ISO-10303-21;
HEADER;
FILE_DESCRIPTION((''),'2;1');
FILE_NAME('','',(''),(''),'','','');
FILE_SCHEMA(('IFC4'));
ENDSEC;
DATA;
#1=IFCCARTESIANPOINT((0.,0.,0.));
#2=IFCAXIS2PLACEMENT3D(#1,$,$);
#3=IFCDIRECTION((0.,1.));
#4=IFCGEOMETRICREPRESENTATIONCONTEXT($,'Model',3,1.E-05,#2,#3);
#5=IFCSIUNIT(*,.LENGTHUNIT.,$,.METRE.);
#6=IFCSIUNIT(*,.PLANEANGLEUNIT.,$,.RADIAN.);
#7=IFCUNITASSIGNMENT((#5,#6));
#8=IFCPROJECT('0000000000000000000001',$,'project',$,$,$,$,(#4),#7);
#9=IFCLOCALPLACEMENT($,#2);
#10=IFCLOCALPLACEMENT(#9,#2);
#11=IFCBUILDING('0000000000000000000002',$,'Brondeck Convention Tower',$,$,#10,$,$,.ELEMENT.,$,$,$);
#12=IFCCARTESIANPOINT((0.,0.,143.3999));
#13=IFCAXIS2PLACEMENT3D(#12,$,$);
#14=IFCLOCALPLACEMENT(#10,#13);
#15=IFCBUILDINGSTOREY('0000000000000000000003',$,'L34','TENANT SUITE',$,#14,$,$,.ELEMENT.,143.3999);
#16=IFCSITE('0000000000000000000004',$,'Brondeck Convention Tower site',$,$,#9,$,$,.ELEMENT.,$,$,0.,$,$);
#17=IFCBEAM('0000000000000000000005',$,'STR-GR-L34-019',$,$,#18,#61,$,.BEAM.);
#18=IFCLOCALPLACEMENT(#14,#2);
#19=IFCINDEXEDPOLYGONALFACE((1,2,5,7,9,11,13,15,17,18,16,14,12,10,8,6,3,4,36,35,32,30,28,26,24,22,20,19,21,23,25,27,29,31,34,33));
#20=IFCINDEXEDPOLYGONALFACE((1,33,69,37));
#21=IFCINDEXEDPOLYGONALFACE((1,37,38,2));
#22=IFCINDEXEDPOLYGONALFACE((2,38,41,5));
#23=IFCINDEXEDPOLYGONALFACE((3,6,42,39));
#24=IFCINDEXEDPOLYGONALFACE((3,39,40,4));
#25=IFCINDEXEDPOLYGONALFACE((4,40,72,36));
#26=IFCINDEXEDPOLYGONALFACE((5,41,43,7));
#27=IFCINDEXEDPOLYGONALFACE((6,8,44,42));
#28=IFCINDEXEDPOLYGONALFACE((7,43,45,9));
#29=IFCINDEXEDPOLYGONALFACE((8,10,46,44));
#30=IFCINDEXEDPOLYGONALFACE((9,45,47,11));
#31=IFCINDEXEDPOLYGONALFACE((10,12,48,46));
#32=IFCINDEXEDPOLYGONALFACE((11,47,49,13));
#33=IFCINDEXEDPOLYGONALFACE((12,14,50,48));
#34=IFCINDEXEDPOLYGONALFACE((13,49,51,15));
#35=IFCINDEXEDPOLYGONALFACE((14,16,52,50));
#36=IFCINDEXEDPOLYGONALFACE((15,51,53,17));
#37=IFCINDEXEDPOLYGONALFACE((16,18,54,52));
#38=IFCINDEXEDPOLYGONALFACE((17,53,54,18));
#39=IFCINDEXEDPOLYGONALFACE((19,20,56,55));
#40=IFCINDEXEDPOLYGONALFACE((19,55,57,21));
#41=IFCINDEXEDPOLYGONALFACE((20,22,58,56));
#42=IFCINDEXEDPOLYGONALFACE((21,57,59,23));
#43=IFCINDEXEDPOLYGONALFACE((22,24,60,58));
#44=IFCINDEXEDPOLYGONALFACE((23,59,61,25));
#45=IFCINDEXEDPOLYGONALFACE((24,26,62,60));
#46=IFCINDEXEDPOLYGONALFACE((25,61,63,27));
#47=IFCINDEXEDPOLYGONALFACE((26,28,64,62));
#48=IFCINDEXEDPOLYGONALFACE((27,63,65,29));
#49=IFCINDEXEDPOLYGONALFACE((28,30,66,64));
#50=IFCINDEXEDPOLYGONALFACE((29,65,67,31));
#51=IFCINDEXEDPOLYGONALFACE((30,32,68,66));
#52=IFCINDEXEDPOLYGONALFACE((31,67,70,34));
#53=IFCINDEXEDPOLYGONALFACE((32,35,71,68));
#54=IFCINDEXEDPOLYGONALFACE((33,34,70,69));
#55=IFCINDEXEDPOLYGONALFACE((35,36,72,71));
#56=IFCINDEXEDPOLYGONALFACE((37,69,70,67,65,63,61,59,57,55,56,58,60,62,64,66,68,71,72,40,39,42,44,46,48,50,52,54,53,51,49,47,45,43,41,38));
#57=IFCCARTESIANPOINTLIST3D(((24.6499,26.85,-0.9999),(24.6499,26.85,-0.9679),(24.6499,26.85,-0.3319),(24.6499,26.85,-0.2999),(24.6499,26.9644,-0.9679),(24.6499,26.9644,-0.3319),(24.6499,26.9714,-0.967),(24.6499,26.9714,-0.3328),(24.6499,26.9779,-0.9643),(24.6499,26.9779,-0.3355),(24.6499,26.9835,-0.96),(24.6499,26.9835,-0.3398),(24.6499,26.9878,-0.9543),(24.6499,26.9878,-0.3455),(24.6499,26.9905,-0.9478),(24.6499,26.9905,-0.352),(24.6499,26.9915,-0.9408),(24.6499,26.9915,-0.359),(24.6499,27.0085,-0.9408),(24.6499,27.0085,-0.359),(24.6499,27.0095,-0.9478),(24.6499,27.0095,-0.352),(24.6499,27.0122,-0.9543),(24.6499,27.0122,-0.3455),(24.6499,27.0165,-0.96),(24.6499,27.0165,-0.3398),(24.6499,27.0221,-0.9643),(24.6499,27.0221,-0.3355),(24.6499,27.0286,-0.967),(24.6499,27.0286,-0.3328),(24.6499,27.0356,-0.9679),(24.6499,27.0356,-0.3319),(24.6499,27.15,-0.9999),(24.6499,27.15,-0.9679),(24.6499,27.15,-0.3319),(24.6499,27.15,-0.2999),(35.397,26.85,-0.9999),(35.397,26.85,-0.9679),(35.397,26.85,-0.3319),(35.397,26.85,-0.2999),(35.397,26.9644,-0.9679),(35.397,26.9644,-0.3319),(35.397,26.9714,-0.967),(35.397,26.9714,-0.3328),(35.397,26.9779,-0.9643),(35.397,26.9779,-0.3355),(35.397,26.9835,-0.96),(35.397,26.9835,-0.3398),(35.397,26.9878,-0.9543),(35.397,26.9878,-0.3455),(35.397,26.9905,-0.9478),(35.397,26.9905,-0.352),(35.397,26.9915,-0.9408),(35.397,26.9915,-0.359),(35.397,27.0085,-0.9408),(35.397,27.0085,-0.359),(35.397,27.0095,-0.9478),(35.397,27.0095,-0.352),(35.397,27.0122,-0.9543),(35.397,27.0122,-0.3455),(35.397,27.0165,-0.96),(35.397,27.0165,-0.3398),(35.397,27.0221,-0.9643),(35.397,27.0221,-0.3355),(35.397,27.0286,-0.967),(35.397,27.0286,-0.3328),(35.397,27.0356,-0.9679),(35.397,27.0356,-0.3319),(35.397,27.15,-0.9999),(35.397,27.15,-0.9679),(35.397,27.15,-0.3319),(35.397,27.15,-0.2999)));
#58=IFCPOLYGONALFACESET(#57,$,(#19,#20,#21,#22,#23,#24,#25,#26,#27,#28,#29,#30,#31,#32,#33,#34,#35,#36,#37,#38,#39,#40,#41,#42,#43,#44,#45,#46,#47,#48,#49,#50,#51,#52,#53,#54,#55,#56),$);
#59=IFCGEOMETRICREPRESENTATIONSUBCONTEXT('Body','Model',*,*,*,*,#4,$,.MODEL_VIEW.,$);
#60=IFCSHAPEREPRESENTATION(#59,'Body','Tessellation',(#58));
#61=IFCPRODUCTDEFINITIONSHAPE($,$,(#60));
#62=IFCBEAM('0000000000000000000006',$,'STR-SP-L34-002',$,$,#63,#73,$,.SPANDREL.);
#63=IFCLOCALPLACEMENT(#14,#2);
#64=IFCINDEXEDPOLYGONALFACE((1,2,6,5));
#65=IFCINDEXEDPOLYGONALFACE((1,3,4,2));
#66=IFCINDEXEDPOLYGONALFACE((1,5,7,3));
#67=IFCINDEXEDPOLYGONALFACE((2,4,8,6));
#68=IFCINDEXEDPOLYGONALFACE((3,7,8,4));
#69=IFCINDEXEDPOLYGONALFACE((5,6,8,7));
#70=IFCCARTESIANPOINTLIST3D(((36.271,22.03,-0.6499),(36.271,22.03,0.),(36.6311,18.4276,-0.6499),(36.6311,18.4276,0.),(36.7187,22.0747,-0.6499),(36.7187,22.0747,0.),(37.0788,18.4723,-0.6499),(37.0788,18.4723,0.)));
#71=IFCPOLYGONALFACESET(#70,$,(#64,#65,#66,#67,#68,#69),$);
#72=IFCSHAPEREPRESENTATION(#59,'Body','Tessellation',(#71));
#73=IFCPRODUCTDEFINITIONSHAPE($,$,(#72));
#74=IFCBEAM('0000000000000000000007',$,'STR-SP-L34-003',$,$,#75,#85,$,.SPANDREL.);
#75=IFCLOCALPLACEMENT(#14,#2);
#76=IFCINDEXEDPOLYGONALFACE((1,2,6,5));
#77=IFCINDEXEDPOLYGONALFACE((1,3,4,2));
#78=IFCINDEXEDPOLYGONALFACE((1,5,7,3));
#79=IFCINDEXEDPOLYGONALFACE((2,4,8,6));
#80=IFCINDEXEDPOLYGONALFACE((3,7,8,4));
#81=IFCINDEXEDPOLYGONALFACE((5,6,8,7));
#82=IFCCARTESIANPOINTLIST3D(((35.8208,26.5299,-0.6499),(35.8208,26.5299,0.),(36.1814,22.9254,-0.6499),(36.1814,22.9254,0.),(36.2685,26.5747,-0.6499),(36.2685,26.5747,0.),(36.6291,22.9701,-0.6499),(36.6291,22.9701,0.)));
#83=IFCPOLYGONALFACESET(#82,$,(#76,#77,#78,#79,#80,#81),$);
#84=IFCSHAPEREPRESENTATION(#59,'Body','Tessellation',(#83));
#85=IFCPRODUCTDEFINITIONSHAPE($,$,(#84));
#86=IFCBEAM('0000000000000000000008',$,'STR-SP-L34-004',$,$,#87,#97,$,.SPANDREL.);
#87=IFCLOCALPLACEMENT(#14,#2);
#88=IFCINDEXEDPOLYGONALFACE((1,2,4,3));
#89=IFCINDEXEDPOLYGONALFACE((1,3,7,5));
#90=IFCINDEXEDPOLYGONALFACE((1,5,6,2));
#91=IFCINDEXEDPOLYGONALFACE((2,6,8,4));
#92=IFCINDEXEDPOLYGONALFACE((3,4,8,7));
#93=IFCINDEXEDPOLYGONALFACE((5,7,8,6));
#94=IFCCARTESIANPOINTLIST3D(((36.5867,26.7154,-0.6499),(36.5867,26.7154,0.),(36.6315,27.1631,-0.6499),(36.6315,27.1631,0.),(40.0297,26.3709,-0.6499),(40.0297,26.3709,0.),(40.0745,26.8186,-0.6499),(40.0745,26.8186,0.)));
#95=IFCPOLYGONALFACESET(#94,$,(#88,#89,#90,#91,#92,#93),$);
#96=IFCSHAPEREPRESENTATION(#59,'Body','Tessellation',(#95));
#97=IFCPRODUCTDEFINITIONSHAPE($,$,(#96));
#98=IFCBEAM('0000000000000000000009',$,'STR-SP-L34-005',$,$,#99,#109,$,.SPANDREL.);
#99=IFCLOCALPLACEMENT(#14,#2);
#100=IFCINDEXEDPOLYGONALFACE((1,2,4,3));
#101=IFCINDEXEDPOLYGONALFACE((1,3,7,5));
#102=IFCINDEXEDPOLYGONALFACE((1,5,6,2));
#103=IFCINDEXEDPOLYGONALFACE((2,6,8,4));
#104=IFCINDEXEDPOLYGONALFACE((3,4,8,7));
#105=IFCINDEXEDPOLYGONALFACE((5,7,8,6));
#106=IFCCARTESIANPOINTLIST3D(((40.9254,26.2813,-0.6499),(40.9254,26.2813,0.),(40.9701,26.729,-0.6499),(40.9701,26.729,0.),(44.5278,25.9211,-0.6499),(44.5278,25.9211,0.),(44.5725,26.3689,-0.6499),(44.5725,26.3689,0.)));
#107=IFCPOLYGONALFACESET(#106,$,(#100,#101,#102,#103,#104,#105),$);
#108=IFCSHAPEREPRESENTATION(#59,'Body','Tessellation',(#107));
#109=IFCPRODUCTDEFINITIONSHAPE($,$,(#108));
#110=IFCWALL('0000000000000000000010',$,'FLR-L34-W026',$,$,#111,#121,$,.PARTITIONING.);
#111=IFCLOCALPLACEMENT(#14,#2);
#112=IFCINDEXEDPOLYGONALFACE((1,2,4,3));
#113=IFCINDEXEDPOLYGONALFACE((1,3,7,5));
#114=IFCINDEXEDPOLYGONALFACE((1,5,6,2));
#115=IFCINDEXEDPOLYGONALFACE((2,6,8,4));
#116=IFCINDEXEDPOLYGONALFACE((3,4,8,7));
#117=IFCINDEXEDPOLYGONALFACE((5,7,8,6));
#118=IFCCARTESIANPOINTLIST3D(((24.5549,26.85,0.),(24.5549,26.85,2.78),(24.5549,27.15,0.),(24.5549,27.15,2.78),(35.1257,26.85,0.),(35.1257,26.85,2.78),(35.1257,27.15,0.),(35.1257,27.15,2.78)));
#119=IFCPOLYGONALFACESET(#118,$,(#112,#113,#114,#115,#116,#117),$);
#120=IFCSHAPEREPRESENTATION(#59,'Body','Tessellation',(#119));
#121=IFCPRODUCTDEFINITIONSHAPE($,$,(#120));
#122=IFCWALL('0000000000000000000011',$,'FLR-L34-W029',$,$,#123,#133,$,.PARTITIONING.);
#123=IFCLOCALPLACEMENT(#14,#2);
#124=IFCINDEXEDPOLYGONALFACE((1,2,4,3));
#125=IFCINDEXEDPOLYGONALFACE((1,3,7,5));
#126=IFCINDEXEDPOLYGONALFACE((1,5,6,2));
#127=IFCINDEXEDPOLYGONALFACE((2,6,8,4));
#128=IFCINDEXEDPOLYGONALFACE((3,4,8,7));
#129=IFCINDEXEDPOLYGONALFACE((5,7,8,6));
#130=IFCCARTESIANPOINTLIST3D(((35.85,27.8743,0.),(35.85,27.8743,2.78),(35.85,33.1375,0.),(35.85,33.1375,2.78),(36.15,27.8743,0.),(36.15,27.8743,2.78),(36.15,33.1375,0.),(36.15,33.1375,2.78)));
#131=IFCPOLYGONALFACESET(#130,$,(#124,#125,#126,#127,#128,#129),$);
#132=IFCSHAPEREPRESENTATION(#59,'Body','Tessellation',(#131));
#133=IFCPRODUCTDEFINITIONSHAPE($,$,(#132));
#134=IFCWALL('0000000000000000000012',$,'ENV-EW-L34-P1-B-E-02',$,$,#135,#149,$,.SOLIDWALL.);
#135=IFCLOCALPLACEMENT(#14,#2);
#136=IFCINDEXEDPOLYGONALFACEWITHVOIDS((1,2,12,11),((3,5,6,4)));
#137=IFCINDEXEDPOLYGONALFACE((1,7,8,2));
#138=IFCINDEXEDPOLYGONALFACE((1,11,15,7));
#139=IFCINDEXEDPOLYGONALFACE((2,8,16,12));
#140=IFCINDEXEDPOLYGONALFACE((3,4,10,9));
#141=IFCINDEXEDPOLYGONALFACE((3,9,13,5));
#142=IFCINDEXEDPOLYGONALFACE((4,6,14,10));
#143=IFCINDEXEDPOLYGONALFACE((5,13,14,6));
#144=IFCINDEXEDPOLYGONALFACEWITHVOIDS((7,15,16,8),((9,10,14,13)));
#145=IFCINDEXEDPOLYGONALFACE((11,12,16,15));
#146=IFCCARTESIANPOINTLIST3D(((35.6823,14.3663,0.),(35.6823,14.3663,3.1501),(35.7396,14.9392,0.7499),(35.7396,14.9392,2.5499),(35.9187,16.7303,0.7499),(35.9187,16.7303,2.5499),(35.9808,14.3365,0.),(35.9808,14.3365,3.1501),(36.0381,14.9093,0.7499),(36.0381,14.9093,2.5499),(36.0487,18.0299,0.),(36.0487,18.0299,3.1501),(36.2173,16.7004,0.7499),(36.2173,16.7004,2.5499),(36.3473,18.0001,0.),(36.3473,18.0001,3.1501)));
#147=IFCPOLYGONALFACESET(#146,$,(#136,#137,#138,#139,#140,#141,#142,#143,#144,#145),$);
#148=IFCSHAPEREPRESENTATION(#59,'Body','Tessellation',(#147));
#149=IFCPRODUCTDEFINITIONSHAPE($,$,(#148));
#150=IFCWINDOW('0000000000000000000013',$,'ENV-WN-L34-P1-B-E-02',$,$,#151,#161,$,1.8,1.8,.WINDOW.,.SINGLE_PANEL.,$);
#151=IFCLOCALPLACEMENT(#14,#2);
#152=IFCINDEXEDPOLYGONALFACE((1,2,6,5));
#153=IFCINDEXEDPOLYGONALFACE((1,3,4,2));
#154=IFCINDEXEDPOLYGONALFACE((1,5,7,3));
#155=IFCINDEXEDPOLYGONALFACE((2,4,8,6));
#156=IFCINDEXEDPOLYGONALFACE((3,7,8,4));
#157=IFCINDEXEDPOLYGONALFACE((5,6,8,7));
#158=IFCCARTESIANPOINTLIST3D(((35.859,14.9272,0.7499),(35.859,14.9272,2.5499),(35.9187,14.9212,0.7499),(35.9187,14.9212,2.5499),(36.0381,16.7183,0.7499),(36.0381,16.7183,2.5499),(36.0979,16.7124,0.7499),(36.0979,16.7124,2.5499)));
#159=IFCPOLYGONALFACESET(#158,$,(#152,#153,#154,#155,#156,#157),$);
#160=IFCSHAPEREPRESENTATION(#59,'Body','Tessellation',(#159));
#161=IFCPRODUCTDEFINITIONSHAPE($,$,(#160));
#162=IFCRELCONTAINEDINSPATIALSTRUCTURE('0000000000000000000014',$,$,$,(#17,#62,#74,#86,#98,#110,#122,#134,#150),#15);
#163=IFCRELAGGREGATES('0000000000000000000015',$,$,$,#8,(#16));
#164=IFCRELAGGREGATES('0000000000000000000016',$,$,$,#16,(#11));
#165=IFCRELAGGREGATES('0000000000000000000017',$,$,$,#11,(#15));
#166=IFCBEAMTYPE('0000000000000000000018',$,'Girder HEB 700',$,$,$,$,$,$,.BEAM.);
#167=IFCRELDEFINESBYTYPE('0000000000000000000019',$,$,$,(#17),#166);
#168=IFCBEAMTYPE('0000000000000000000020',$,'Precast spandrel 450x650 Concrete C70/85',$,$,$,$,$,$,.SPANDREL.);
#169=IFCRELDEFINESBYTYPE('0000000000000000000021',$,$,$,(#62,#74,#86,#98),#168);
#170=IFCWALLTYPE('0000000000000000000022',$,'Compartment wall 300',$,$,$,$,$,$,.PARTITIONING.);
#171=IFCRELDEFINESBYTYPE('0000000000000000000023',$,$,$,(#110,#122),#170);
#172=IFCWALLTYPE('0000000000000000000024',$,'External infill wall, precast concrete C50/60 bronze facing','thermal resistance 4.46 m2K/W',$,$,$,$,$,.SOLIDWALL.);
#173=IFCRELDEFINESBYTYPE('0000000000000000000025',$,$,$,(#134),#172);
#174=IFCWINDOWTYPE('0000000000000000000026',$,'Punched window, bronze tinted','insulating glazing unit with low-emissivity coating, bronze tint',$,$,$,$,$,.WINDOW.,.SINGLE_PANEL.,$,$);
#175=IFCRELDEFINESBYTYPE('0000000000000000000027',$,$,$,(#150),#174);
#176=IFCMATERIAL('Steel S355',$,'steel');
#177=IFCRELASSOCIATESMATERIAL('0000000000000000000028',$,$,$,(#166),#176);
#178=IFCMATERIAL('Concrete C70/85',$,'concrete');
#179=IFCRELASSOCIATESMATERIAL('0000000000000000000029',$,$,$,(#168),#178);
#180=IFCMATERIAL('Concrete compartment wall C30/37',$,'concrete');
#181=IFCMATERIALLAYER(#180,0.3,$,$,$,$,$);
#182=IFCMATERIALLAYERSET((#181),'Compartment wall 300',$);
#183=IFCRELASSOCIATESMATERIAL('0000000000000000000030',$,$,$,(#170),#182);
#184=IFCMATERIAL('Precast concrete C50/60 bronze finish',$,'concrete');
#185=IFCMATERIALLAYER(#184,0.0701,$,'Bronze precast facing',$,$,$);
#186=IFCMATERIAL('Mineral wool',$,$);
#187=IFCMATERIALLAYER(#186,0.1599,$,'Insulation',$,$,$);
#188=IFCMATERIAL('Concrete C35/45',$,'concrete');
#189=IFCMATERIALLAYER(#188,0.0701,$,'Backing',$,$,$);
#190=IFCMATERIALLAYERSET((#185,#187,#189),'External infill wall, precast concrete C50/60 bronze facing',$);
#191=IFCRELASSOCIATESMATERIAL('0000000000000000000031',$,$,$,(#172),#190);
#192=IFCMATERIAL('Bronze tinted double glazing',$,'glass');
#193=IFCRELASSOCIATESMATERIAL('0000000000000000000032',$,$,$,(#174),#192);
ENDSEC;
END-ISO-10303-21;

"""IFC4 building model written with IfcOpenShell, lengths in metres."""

from ifc_helpers import new_model, si_unit, direction, frame, frame_2d, origin, origin_2d, place, context, subcontext, project, spatial, rectangle, i_section, extrude, material, layer, layer_set, material_profile, profile_set, type_object, element, fill, save


model = new_model("IFC4")

# Units and contexts
model_context = context("Model", 3, precision=1e-05, world=origin(), true_north=direction((0.0, 1.0)))
body_context = subcontext(model_context, "Body", "Model", "MODEL_VIEW")
ifc_project = project(units=[si_unit("LENGTHUNIT", "METRE"), si_unit("PLANEANGLEUNIT", "RADIAN")], contexts=[model_context])

# Site, building, storey
site_placement = place(None, origin())
site = spatial("IfcSite", under=ifc_project, at=site_placement, Name="Brondeck Convention Tower site", CompositionType="ELEMENT", RefElevation=0.0)
building_placement = place(site_placement, origin())
building = spatial("IfcBuilding", under=site, at=building_placement, Name="Brondeck Convention Tower", CompositionType="ELEMENT")
storey_placement = place(building_placement, frame((0.0, 0.0, 143.3999)))
storey = spatial("IfcBuildingStorey", under=building, at=storey_placement, Name="L34", Description="TENANT SUITE", CompositionType="ELEMENT", Elevation=143.3999)

# Shared definitions
ifc_material_1 = material(Name="Concrete C70/85", Category="concrete")

# Beams
ifc_material_2 = material(Name="Steel S355", Category="steel")
ifc_material_profile_1 = material_profile(ifc_material_2, i_section(OverallWidth=0.3, OverallDepth=0.7, WebThickness=0.0171, FlangeThickness=0.032, FilletRadius=0.0271, at=origin_2d()), Name="HEB 700")
ifc_profile_set_1 = profile_set([ifc_material_profile_1], Name="Steel S355")
beam_type_1 = type_object("IfcBeamType", Name="Girder HEB 700", PredefinedType="BEAM", material=ifc_profile_set_1)
beam_1_placement = place(storey_placement, frame((24.6499, 27.0, -0.6499), z_axis=(1.0, 0.0, 0.0), x_axis=(0.0, 1.0, 0.0)))
element("IfcBeam", 1, at=beam_1_placement, inside=storey, type_object=beam_type_1, Name="STR-GR-L34-019", PredefinedType="BEAM", context=body_context, shape_type="SweptSolid", body=[
    extrude(i_section(OverallWidth=0.3, OverallDepth=0.7, WebThickness=0.0171, FlangeThickness=0.032, FilletRadius=0.0271, at=origin_2d()), origin(), (0.0, 0.0, 1.0), 10.7471),
])
ifc_material_profile_2 = material_profile(ifc_material_1, rectangle(XDim=0.45, YDim=0.6499, at=origin_2d()), Name="Precast spandrel 450x650 Concrete C70/85")
ifc_profile_set_2 = profile_set([ifc_material_profile_2], Name="Concrete C70/85")
beam_type_2 = type_object("IfcBeamType", Name="Precast spandrel 450x650 Concrete C70/85", PredefinedType="SPANDREL", material=ifc_profile_set_2)
beam_2_placement = place(storey_placement, frame((36.855, 18.45, -0.325), z_axis=(-0.09947, 0.995041, 0.0), x_axis=(-0.995041, -0.09947, 0.0)))
element("IfcBeam", 2, at=beam_2_placement, inside=storey, type_object=beam_type_2, Name="STR-SP-L34-002", PredefinedType="SPANDREL", context=body_context, shape_type="SweptSolid", body=[
    extrude(rectangle(XDim=0.45, YDim=0.6499, at=origin_2d()), origin(), (0.0, 0.0, 1.0), 3.6204),
])
beam_3_placement = place(storey_placement, frame((36.4053, 22.9478, -0.325), z_axis=(-0.099544, 0.995033, 0.0), x_axis=(-0.995033, -0.099544, 0.0)))
element("IfcBeam", 3, at=beam_3_placement, inside=storey, type_object=beam_type_2, Name="STR-SP-L34-003", PredefinedType="SPANDREL", context=body_context, shape_type="SweptSolid", body=[
    extrude(rectangle(XDim=0.45, YDim=0.6499, at=origin_2d()), origin(), (0.0, 0.0, 1.0), 3.6226),
])
beam_4_placement = place(storey_placement, frame((36.6091, 26.9392, -0.325), z_axis=(0.995032, -0.099553, 0.0), x_axis=(0.099553, 0.995032, 0.0)))
element("IfcBeam", 4, at=beam_4_placement, inside=storey, type_object=beam_type_2, Name="STR-SP-L34-004", PredefinedType="SPANDREL", context=body_context, shape_type="SweptSolid", body=[
    extrude(rectangle(XDim=0.45, YDim=0.6499, at=origin_2d()), origin(), (0.0, 0.0, 1.0), 3.4602),
])
beam_5_placement = place(storey_placement, frame((40.9478, 26.5051, -0.325), z_axis=(0.995041, -0.09947, 0.0), x_axis=(0.09947, 0.995041, 0.0)))
element("IfcBeam", 5, at=beam_5_placement, inside=storey, type_object=beam_type_2, Name="STR-SP-L34-005", PredefinedType="SPANDREL", context=body_context, shape_type="SweptSolid", body=[
    extrude(rectangle(XDim=0.45, YDim=0.6499, at=origin_2d()), origin(), (0.0, 0.0, 1.0), 3.6204),
])

# Walls
ifc_material_3 = material(Name="Concrete compartment wall C30/37", Category="concrete")
ifc_layer_1 = layer(ifc_material_3, 0.3)
ifc_layer_set_1 = layer_set([ifc_layer_1], Name="Compartment wall 300")
wall_type_1 = type_object("IfcWallType", Name="Compartment wall 300", PredefinedType="PARTITIONING", material=ifc_layer_set_1)
wall_1_placement = place(storey_placement, frame((24.5549, 27.0, 0.0), z_axis=(0.0, 0.0, 1.0), x_axis=(1.0, 0.0, 0.0)))
element("IfcWall", 6, at=wall_1_placement, inside=storey, type_object=wall_type_1, Name="FLR-L34-W026", PredefinedType="PARTITIONING", context=body_context, shape_type="SweptSolid", body=[
    extrude(rectangle(XDim=10.5708, YDim=0.3, at=frame_2d((5.2854, 0.0))), origin(), (0.0, 0.0, 1.0), 2.78),
])
wall_2_placement = place(storey_placement, frame((36.0, 27.8743, 0.0), z_axis=(0.0, 0.0, 1.0), x_axis=(0.0, 1.0, 0.0)))
element("IfcWall", 7, at=wall_2_placement, inside=storey, type_object=wall_type_1, Name="FLR-L34-W029", PredefinedType="PARTITIONING", context=body_context, shape_type="SweptSolid", body=[
    extrude(rectangle(XDim=5.2632, YDim=0.3, at=frame_2d((2.6316, 0.0))), origin(), (0.0, 0.0, 1.0), 2.78),
])

# Wall, opening, window
ifc_material_4 = material(Name="Precast concrete C50/60 bronze finish", Category="concrete")
ifc_layer_2 = layer(ifc_material_4, 0.0701, Name="Bronze precast facing")
ifc_material_5 = material(Name="Mineral wool")
ifc_layer_3 = layer(ifc_material_5, 0.1599, Name="Insulation")
ifc_material_6 = material(Name="Concrete C35/45", Category="concrete")
ifc_layer_4 = layer(ifc_material_6, 0.0701, Name="Backing")
ifc_layer_set_2 = layer_set([ifc_layer_2, ifc_layer_3, ifc_layer_4], Name="External infill wall, precast concrete C50/60 bronze facing")
wall_type_2 = type_object("IfcWallType", Name="External infill wall, precast concrete C50/60 bronze facing", Description="thermal resistance 4.46 m2K/W", PredefinedType="SOLIDWALL", material=ifc_layer_set_2)
wall_3_placement = place(storey_placement, frame((36.198, 18.0149, 0.0), z_axis=(0.0, 0.0, 1.0), x_axis=(-0.09953, -0.995035, 0.0)))
wall_3 = element("IfcWall", 8, at=wall_3_placement, inside=storey, type_object=wall_type_2, Name="ENV-EW-L34-P1-B-E-02", PredefinedType="SOLIDWALL", context=body_context, shape_type="SweptSolid", body=[
    extrude(rectangle(XDim=3.6819, YDim=0.3, at=frame_2d((1.8408, 0.0))), origin(), (0.0, 0.0, 1.0), 3.1501),
])
opening_placement = place(wall_3_placement, frame((1.3062, 0.0, 0.75)))
opening = element("IfcOpeningElement", 9, at=opening_placement, cuts=wall_3, PredefinedType="OPENING", context=body_context, shape_type="SweptSolid", body=[
    extrude(rectangle(XDim=1.8, YDim=1.8, at=frame_2d((0.8999, 0.8999))), frame((0.0, 0.1599, 0.0), z_axis=(0.0, -1.0, 0.0), x_axis=(1.0, 0.0, 0.0)), (0.0, 0.0, 1.0), 0.3201),
])
ifc_material_7 = material(Name="Bronze tinted double glazing", Category="glass")
window_type = type_object("IfcWindowType", Name="Punched window, bronze tinted", Description="insulating glazing unit with low-emissivity coating, bronze tint", PartitioningType="SINGLE_PANEL", PredefinedType="WINDOW", material=ifc_material_7)
window_placement = place(opening_placement, origin())
window = element("IfcWindow", 10, at=window_placement, inside=storey, type_object=window_type, Name="ENV-WN-L34-P1-B-E-02", OverallHeight=1.8, OverallWidth=1.8, PartitioningType="SINGLE_PANEL", PredefinedType="WINDOW", context=body_context, shape_type="SweptSolid", body=[
    extrude(rectangle(XDim=1.8, YDim=1.8, at=frame_2d((0.8999, 0.8999))), frame((0.0, 0.03, 0.0), z_axis=(0.0, -1.0, 0.0), x_axis=(1.0, 0.0, 0.0)), (0.0, 0.0, 1.0), 0.0601),
])
fill(opening, window)

save(model, "model.ifc")
